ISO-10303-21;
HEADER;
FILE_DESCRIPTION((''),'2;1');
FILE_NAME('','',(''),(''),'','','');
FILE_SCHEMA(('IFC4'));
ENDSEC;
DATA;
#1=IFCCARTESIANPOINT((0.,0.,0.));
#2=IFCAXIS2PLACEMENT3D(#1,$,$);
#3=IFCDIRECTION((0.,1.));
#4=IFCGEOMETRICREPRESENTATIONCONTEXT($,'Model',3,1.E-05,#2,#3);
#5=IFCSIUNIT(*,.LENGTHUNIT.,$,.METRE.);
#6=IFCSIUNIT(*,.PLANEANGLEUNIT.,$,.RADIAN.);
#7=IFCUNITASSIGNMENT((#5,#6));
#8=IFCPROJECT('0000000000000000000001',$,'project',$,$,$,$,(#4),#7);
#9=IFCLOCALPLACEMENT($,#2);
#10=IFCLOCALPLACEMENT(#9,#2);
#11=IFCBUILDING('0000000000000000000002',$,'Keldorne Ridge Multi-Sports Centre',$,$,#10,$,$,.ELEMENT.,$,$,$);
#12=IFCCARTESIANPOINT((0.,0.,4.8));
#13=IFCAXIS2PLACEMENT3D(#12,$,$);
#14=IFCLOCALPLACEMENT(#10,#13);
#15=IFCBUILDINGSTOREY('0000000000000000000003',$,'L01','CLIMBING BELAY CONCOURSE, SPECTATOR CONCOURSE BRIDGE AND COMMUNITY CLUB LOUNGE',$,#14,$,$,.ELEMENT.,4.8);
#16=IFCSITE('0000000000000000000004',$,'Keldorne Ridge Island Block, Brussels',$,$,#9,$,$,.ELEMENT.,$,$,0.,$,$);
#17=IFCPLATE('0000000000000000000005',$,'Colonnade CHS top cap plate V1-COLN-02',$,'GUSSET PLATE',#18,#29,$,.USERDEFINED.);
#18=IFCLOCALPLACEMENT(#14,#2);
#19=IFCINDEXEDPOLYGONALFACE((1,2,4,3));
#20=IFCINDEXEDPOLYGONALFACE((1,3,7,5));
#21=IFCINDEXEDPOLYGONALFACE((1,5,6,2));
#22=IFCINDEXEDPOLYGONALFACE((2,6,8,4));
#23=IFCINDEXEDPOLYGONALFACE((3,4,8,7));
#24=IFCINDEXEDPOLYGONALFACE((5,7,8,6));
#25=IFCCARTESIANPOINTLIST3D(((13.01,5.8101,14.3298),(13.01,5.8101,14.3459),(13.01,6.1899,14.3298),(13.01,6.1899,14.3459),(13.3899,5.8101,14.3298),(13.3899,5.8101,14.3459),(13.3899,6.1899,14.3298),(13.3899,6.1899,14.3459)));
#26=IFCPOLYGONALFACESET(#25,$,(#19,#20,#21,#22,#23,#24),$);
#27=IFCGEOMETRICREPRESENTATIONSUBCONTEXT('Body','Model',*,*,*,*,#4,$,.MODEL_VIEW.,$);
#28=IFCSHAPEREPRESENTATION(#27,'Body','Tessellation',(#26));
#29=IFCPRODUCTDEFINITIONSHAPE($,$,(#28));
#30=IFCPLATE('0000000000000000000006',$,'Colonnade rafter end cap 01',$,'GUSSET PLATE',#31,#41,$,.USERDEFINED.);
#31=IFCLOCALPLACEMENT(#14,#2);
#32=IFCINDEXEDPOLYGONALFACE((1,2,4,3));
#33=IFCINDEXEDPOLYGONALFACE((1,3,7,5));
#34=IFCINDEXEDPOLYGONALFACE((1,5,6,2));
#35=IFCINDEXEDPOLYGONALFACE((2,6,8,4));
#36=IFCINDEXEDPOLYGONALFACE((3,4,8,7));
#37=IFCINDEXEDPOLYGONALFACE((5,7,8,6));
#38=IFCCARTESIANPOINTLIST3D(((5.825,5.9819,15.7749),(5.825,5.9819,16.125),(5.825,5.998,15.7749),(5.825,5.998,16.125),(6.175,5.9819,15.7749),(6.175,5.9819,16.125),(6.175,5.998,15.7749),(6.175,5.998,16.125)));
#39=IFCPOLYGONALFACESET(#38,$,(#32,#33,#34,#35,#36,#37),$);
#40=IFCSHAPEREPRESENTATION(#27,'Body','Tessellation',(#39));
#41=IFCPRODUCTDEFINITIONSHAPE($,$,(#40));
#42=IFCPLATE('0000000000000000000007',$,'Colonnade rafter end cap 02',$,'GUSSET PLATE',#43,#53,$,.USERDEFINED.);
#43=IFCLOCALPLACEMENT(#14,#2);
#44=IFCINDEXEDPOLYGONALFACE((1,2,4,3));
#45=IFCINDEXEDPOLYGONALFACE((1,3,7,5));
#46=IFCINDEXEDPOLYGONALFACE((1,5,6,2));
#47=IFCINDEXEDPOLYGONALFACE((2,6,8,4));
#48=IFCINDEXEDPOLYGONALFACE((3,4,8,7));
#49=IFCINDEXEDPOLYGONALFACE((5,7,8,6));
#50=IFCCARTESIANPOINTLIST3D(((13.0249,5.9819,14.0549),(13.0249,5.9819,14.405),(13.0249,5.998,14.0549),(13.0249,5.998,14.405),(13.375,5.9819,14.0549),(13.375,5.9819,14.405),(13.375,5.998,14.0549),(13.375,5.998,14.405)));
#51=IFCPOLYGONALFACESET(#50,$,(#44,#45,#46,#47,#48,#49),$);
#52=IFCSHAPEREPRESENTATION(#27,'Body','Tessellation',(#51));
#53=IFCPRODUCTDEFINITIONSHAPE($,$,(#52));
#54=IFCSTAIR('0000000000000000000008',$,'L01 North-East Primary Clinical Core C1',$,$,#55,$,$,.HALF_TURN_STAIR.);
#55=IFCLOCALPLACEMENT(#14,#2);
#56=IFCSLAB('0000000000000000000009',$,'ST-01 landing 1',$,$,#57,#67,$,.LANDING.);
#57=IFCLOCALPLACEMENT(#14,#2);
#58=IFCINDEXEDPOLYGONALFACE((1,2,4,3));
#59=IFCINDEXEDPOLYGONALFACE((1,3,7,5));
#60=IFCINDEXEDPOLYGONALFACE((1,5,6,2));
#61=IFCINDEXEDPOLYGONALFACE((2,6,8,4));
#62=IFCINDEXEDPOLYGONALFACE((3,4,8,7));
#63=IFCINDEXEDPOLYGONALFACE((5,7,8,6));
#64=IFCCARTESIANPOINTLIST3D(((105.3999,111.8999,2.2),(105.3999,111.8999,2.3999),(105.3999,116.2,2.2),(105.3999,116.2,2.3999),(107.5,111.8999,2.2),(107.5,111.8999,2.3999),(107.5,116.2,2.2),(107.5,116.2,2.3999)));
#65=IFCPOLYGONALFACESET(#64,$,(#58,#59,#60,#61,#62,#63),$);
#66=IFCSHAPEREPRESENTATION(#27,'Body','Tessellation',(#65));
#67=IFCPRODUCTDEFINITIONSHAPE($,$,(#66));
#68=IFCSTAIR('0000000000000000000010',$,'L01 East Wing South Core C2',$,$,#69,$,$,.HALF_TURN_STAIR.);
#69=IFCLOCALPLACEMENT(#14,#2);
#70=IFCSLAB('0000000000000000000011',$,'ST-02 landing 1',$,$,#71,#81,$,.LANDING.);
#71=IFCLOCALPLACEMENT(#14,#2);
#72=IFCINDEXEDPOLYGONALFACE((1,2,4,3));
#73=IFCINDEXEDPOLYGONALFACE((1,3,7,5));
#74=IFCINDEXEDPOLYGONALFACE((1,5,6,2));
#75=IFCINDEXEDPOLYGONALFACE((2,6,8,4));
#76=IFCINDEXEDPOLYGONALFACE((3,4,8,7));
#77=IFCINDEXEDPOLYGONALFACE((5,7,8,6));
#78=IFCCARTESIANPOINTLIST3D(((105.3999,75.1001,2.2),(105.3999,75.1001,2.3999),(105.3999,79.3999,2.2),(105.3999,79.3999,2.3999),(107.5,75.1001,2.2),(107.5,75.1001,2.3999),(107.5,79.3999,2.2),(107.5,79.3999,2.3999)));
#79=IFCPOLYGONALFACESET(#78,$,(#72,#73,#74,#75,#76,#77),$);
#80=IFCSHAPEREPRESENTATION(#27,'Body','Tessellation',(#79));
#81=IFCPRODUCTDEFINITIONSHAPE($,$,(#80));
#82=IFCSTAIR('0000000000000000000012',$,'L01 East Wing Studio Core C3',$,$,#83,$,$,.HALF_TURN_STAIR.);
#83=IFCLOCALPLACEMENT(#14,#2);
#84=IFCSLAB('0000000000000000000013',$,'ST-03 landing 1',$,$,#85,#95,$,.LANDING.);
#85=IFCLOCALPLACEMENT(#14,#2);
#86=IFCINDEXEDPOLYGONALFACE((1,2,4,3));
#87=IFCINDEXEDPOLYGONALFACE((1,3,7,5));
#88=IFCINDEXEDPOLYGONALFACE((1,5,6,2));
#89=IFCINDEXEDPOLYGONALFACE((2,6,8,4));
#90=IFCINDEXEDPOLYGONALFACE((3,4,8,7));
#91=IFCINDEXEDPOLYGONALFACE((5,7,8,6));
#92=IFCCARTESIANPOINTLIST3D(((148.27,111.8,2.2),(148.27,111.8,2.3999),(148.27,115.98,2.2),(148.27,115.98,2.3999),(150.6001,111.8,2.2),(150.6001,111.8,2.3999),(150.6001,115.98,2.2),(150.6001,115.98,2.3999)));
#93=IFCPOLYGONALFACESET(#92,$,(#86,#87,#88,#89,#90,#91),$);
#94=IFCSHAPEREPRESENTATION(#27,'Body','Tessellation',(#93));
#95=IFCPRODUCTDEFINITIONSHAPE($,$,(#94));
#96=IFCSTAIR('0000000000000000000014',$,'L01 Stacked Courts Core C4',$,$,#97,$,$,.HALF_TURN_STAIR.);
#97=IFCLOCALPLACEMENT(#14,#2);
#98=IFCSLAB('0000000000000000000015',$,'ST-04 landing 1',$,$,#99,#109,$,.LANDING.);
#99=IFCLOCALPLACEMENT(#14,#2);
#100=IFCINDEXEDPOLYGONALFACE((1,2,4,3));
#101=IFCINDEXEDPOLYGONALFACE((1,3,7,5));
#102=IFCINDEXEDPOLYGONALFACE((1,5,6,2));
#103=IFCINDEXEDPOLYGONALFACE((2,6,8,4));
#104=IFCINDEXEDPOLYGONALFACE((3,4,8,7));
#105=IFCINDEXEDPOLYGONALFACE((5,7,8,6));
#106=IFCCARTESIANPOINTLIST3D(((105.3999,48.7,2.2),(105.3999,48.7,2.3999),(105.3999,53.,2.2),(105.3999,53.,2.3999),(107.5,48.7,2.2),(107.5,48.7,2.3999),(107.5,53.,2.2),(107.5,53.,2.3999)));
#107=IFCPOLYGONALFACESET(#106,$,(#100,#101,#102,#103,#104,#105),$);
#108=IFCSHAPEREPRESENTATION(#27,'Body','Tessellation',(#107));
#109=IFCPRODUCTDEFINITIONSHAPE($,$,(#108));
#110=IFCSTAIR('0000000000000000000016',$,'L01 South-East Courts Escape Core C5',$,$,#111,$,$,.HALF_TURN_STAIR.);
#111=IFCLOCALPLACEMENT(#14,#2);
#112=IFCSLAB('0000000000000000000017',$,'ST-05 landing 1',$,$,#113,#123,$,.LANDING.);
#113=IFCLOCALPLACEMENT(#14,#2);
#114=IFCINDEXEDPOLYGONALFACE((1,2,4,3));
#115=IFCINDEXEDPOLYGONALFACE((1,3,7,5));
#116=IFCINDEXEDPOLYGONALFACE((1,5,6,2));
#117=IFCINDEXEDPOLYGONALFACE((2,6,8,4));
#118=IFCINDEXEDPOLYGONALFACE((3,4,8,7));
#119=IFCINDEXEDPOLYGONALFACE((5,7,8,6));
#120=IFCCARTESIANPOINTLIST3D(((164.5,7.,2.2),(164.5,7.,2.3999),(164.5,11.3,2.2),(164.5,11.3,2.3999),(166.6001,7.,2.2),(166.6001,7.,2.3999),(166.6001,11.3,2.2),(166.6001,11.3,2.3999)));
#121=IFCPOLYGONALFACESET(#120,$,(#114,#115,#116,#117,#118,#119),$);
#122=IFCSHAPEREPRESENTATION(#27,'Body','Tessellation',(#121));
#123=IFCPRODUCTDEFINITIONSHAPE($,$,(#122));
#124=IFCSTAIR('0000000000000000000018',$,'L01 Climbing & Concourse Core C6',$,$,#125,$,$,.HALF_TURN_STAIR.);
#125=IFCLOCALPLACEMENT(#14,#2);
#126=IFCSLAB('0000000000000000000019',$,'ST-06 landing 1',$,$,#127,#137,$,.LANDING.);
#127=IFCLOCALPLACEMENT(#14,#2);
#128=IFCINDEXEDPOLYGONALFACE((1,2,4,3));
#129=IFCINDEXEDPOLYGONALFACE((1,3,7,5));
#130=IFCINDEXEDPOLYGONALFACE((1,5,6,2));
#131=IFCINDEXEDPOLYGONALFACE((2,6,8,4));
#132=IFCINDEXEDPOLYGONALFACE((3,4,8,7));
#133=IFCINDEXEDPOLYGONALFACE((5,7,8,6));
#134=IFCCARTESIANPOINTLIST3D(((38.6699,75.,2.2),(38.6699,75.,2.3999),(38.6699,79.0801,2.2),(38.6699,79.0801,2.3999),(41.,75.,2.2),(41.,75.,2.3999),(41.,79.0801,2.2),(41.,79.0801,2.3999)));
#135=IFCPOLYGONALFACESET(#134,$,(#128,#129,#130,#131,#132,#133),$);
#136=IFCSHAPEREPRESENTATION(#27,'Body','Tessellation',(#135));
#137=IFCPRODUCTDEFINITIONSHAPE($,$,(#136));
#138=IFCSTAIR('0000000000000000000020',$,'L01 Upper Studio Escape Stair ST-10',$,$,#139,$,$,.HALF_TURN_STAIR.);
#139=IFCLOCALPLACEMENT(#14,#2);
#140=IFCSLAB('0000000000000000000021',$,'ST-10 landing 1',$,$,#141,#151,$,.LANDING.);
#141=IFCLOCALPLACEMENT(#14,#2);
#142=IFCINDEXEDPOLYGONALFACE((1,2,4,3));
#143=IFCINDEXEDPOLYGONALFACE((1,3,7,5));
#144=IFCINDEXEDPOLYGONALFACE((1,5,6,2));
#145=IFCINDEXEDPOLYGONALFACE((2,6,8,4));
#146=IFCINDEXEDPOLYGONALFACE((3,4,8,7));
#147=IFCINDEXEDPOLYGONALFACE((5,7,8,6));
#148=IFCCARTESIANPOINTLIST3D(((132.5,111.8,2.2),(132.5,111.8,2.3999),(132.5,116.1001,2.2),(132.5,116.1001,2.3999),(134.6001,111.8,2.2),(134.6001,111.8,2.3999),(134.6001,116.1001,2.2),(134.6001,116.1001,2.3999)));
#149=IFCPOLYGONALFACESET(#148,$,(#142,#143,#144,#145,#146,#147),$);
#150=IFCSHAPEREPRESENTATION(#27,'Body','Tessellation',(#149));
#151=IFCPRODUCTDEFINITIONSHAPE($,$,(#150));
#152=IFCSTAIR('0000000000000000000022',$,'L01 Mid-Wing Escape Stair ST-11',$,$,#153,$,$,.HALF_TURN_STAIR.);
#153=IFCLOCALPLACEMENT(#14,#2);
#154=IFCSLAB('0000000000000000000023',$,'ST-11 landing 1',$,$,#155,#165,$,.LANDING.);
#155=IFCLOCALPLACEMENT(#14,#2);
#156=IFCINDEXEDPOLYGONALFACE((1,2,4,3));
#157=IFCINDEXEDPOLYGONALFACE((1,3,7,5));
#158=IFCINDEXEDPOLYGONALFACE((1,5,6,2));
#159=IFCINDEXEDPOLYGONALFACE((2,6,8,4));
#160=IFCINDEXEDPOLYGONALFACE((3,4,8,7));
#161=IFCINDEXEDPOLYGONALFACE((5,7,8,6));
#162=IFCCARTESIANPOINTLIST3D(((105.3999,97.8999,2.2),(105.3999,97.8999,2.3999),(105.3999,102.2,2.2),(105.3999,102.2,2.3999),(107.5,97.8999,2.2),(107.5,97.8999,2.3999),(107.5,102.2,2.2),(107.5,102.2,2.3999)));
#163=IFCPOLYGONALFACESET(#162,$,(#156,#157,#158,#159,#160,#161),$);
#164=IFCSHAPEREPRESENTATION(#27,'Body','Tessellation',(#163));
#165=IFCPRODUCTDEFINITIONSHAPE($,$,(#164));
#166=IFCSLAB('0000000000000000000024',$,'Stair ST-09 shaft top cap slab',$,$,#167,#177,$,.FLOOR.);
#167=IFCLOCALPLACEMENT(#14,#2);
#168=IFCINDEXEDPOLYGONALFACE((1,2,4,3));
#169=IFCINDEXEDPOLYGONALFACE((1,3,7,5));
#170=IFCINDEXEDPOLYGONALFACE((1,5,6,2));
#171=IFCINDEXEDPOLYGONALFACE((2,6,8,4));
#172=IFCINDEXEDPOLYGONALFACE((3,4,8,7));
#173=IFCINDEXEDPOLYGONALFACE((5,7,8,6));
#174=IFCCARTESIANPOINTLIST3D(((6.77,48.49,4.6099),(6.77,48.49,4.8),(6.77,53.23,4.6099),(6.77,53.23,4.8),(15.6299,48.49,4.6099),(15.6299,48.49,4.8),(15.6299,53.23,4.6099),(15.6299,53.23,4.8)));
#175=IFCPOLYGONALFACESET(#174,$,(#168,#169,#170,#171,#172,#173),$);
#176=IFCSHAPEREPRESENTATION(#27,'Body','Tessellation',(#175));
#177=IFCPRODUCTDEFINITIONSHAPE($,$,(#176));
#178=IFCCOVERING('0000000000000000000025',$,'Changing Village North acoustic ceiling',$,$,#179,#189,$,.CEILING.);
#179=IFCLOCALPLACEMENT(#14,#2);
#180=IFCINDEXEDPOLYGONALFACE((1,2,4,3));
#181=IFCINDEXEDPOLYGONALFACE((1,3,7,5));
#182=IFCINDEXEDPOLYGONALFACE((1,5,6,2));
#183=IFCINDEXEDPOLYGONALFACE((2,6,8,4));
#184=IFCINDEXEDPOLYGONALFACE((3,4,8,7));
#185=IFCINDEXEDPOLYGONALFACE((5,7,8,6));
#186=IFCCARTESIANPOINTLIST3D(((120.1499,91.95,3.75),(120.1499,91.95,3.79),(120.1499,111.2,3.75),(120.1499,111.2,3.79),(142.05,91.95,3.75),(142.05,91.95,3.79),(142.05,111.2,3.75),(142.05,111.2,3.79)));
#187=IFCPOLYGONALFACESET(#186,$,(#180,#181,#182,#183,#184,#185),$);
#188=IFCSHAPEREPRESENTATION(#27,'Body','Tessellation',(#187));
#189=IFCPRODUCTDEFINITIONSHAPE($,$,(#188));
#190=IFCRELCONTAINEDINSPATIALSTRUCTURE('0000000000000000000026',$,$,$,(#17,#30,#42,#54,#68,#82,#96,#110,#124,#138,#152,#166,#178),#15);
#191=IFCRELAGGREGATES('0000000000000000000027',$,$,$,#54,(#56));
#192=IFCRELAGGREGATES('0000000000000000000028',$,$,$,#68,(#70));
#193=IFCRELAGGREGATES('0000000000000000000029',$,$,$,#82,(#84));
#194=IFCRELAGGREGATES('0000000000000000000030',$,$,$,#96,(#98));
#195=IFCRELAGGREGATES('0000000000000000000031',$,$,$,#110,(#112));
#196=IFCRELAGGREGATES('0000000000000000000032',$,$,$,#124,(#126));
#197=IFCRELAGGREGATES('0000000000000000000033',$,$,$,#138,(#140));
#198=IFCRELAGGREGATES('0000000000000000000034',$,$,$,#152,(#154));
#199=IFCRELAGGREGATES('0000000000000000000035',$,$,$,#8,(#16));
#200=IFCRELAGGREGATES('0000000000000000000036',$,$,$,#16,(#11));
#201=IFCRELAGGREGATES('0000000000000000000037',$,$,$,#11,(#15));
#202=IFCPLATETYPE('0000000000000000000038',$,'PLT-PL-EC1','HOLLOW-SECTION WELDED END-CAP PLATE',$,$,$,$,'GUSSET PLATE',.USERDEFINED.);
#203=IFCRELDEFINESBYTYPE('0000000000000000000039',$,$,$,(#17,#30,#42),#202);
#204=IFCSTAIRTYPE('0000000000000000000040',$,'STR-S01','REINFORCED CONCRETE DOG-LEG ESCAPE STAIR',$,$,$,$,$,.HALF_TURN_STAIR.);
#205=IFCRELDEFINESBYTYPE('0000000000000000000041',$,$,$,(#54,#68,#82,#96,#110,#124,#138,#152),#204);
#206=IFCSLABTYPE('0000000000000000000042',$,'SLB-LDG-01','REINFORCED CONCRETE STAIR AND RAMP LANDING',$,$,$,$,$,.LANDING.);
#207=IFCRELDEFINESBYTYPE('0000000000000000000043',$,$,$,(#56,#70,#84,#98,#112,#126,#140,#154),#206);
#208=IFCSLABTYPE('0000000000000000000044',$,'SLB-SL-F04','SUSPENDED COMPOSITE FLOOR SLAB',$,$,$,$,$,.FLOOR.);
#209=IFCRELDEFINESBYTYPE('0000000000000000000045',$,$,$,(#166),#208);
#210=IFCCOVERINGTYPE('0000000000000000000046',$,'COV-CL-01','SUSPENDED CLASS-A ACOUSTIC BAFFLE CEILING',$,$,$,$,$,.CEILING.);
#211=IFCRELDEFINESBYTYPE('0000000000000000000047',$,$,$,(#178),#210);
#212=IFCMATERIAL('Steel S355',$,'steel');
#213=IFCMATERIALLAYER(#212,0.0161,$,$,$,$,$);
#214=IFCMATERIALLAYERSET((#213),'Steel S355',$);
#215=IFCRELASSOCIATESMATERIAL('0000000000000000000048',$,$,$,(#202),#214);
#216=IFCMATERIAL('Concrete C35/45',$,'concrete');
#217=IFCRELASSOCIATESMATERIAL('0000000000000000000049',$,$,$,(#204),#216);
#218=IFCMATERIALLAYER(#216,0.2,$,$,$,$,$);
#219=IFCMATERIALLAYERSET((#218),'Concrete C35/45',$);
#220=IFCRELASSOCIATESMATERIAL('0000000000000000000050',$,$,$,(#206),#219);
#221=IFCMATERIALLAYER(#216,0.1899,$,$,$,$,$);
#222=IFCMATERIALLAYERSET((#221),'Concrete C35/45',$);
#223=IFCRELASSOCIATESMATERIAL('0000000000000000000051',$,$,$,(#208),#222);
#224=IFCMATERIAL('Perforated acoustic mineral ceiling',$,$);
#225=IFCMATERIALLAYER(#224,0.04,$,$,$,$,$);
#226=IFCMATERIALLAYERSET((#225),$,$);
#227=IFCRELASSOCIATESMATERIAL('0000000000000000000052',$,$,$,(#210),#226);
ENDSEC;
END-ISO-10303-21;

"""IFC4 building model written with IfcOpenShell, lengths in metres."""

from ifc_helpers import new_model, si_unit, direction, frame, origin, origin_2d, place, context, subcontext, project, spatial, polyline, rectangle, outline, extrude, material, layer, layer_set, type_object, element, aggregate, save


model = new_model("IFC4")

# Units and contexts
model_context = context("Model", 3, precision=1e-05, world=origin(), true_north=direction((0.0, 1.0)))
body_context = subcontext(model_context, "Body", "Model", "MODEL_VIEW")
ifc_project = project(units=[si_unit("LENGTHUNIT", "METRE"), si_unit("PLANEANGLEUNIT", "RADIAN")], contexts=[model_context])

# Site, building, storey
site_placement = place(None, origin())
site = spatial("IfcSite", under=ifc_project, at=site_placement, Name="Keldorne Ridge Island Block, Brussels", CompositionType="ELEMENT", RefElevation=0.0)
building_placement = place(site_placement, origin())
building = spatial("IfcBuilding", under=site, at=building_placement, Name="Keldorne Ridge Multi-Sports Centre", CompositionType="ELEMENT")
storey_placement = place(building_placement, frame((0.0, 0.0, 4.8)))
storey = spatial("IfcBuildingStorey", under=building, at=storey_placement, Name="L01", Description="CLIMBING BELAY CONCOURSE, SPECTATOR CONCOURSE BRIDGE AND COMMUNITY CLUB LOUNGE", CompositionType="ELEMENT", Elevation=4.8)

# Shared definitions
ifc_material_1 = material(Name="Steel S355", Category="steel")

# Plates
ifc_layer_1 = layer(ifc_material_1, 0.0161)
ifc_layer_set_1 = layer_set([ifc_layer_1], Name="Steel S355")
plate_type_1 = type_object("IfcPlateType", Name="PLT-PL-EC1", Description="HOLLOW-SECTION WELDED END-CAP PLATE", ElementType="GUSSET PLATE", PredefinedType="USERDEFINED", material=ifc_layer_set_1)
for number, where, z_axis, x_axis, name in (
    (1, (13.2, 6.0, 14.3298), (0.0, 0.0, 1.0), (1.0, 0.0, 0.0), "Colonnade CHS top cap plate V1-COLN-02"),
):
    element("IfcPlate", number, at=place(storey_placement, frame(where, z_axis=z_axis, x_axis=x_axis)), inside=storey, type_object=plate_type_1, Name=name, ObjectType="GUSSET PLATE", PredefinedType="USERDEFINED", context=body_context, shape_type="SweptSolid", body=[
        extrude(rectangle(XDim=0.3799, YDim=0.3799, at=origin_2d()), origin(), (0.0, 0.0, 1.0), 0.0161),
    ])
for number, where, z_axis, x_axis, name in (
    (2, (6.0, 5.99, 15.7749), (0.0, 0.0, 1.0), (1.0, 0.0, 0.0), "Colonnade rafter end cap 01"),
    (3, (13.2, 5.99, 14.0549), (0.0, 0.0, 1.0), (1.0, 0.0, 0.0), "Colonnade rafter end cap 02"),
):
    element("IfcPlate", number, at=place(storey_placement, frame(where, z_axis=z_axis, x_axis=x_axis)), inside=storey, type_object=plate_type_1, Name=name, ObjectType="GUSSET PLATE", PredefinedType="USERDEFINED", context=body_context, shape_type="SweptSolid", body=[
        extrude(rectangle(XDim=0.3501, YDim=0.0161, at=origin_2d()), origin(), (0.0, 0.0, 1.0), 0.3501),
    ])

# Stairs, slabs
ifc_material_2 = material(Name="Concrete C35/45", Category="concrete")
stair_type = type_object("IfcStairType", Name="STR-S01", Description="REINFORCED CONCRETE DOG-LEG ESCAPE STAIR", PredefinedType="HALF_TURN_STAIR", material=ifc_material_2)
stair_1_placement = place(storey_placement, origin())
stair_1 = element("IfcStair", 4, at=stair_1_placement, inside=storey, type_object=stair_type, Name="L01 North-East Primary Clinical Core C1", PredefinedType="HALF_TURN_STAIR")
ifc_layer_2 = layer(ifc_material_2, 0.2)
ifc_layer_set_2 = layer_set([ifc_layer_2], Name="Concrete C35/45")
slab_type_1 = type_object("IfcSlabType", Name="SLB-LDG-01", Description="REINFORCED CONCRETE STAIR AND RAMP LANDING", PredefinedType="LANDING", material=ifc_layer_set_2)
slab_1_placement = place(storey_placement, frame((0.0, 0.0, 2.2)))
slab_1 = element("IfcSlab", 5, at=slab_1_placement, type_object=slab_type_1, Name="ST-01 landing 1", PredefinedType="LANDING", context=body_context, shape_type="SweptSolid", body=[
    extrude(outline(polyline([(107.5, 116.2), (105.3999, 116.2), (105.3999, 111.8999), (107.5, 111.8999), (107.5, 116.2)])), origin(), (0.0, 0.0, 1.0), 0.2),
])
aggregate(stair_1, [slab_1])
stair_2_placement = place(storey_placement, origin())
stair_2 = element("IfcStair", 6, at=stair_2_placement, inside=storey, type_object=stair_type, Name="L01 East Wing South Core C2", PredefinedType="HALF_TURN_STAIR")
slab_2_placement = place(storey_placement, frame((0.0, 0.0, 2.2)))
slab_2 = element("IfcSlab", 7, at=slab_2_placement, type_object=slab_type_1, Name="ST-02 landing 1", PredefinedType="LANDING", context=body_context, shape_type="SweptSolid", body=[
    extrude(outline(polyline([(107.5, 79.3999), (105.3999, 79.3999), (105.3999, 75.1001), (107.5, 75.1001), (107.5, 79.3999)])), origin(), (0.0, 0.0, 1.0), 0.2),
])
aggregate(stair_2, [slab_2])
stair_3_placement = place(storey_placement, origin())
stair_3 = element("IfcStair", 8, at=stair_3_placement, inside=storey, type_object=stair_type, Name="L01 East Wing Studio Core C3", PredefinedType="HALF_TURN_STAIR")
slab_3_placement = place(storey_placement, frame((0.0, 0.0, 2.2)))
slab_3 = element("IfcSlab", 9, at=slab_3_placement, type_object=slab_type_1, Name="ST-03 landing 1", PredefinedType="LANDING", context=body_context, shape_type="SweptSolid", body=[
    extrude(outline(polyline([(148.27, 111.8), (150.6001, 111.8), (150.6001, 115.98), (148.27, 115.98), (148.27, 111.8)])), origin(), (0.0, 0.0, 1.0), 0.2),
])
aggregate(stair_3, [slab_3])
stair_4_placement = place(storey_placement, origin())
stair_4 = element("IfcStair", 10, at=stair_4_placement, inside=storey, type_object=stair_type, Name="L01 Stacked Courts Core C4", PredefinedType="HALF_TURN_STAIR")
slab_4_placement = place(storey_placement, frame((0.0, 0.0, 2.2)))
slab_4 = element("IfcSlab", 11, at=slab_4_placement, type_object=slab_type_1, Name="ST-04 landing 1", PredefinedType="LANDING", context=body_context, shape_type="SweptSolid", body=[
    extrude(outline(polyline([(107.5, 53.0), (105.3999, 53.0), (105.3999, 48.7), (107.5, 48.7), (107.5, 53.0)])), origin(), (0.0, 0.0, 1.0), 0.2),
])
aggregate(stair_4, [slab_4])
stair_5_placement = place(storey_placement, origin())
stair_5 = element("IfcStair", 12, at=stair_5_placement, inside=storey, type_object=stair_type, Name="L01 South-East Courts Escape Core C5", PredefinedType="HALF_TURN_STAIR")
slab_5_placement = place(storey_placement, frame((0.0, 0.0, 2.2)))
slab_5 = element("IfcSlab", 13, at=slab_5_placement, type_object=slab_type_1, Name="ST-05 landing 1", PredefinedType="LANDING", context=body_context, shape_type="SweptSolid", body=[
    extrude(outline(polyline([(164.5, 7.0), (166.6001, 7.0), (166.6001, 11.3), (164.5, 11.3), (164.5, 7.0)])), origin(), (0.0, 0.0, 1.0), 0.2),
])
aggregate(stair_5, [slab_5])
stair_6_placement = place(storey_placement, origin())
stair_6 = element("IfcStair", 14, at=stair_6_placement, inside=storey, type_object=stair_type, Name="L01 Climbing & Concourse Core C6", PredefinedType="HALF_TURN_STAIR")
slab_6_placement = place(storey_placement, frame((0.0, 0.0, 2.2)))
slab_6 = element("IfcSlab", 15, at=slab_6_placement, type_object=slab_type_1, Name="ST-06 landing 1", PredefinedType="LANDING", context=body_context, shape_type="SweptSolid", body=[
    extrude(outline(polyline([(38.6699, 75.0), (41.0, 75.0), (41.0, 79.0801), (38.6699, 79.0801), (38.6699, 75.0)])), origin(), (0.0, 0.0, 1.0), 0.2),
])
aggregate(stair_6, [slab_6])
stair_7_placement = place(storey_placement, origin())
stair_7 = element("IfcStair", 16, at=stair_7_placement, inside=storey, type_object=stair_type, Name="L01 Upper Studio Escape Stair ST-10", PredefinedType="HALF_TURN_STAIR")
slab_7_placement = place(storey_placement, frame((0.0, 0.0, 2.2)))
slab_7 = element("IfcSlab", 17, at=slab_7_placement, type_object=slab_type_1, Name="ST-10 landing 1", PredefinedType="LANDING", context=body_context, shape_type="SweptSolid", body=[
    extrude(outline(polyline([(132.5, 111.8), (134.6001, 111.8), (134.6001, 116.1001), (132.5, 116.1001), (132.5, 111.8)])), origin(), (0.0, 0.0, 1.0), 0.2),
])
aggregate(stair_7, [slab_7])
stair_8_placement = place(storey_placement, origin())
stair_8 = element("IfcStair", 18, at=stair_8_placement, inside=storey, type_object=stair_type, Name="L01 Mid-Wing Escape Stair ST-11", PredefinedType="HALF_TURN_STAIR")
slab_8_placement = place(storey_placement, frame((0.0, 0.0, 2.2)))
slab_8 = element("IfcSlab", 19, at=slab_8_placement, type_object=slab_type_1, Name="ST-11 landing 1", PredefinedType="LANDING", context=body_context, shape_type="SweptSolid", body=[
    extrude(outline(polyline([(107.5, 102.2), (105.3999, 102.2), (105.3999, 97.8999), (107.5, 97.8999), (107.5, 102.2)])), origin(), (0.0, 0.0, 1.0), 0.2),
])
aggregate(stair_8, [slab_8])

# Slab
ifc_layer_3 = layer(ifc_material_2, 0.1899)
ifc_layer_set_3 = layer_set([ifc_layer_3], Name="Concrete C35/45")
slab_type_2 = type_object("IfcSlabType", Name="SLB-SL-F04", Description="SUSPENDED COMPOSITE FLOOR SLAB", PredefinedType="FLOOR", material=ifc_layer_set_3)
slab_9_placement = place(storey_placement, frame((0.0, 0.0, 4.6099)))
element("IfcSlab", 20, at=slab_9_placement, inside=storey, type_object=slab_type_2, Name="Stair ST-09 shaft top cap slab", PredefinedType="FLOOR", context=body_context, shape_type="SweptSolid", body=[
    extrude(outline(polyline([(6.77, 48.49), (15.6299, 48.49), (15.6299, 53.23), (6.77, 53.23), (6.77, 48.49)])), origin(), (0.0, 0.0, 1.0), 0.1902),
])

# Covering
ifc_material_3 = material(Name="Perforated acoustic mineral ceiling")
ifc_layer_4 = layer(ifc_material_3, 0.04)
ifc_layer_set_4 = layer_set([ifc_layer_4])
covering_type = type_object("IfcCoveringType", Name="COV-CL-01", Description="SUSPENDED CLASS-A ACOUSTIC BAFFLE CEILING", PredefinedType="CEILING", material=ifc_layer_set_4)
covering_placement = place(storey_placement, frame((0.0, 0.0, 3.75)))
element("IfcCovering", 21, at=covering_placement, inside=storey, type_object=covering_type, Name="Changing Village North acoustic ceiling", PredefinedType="CEILING", context=body_context, shape_type="SweptSolid", body=[
    extrude(outline(polyline([(120.1499, 91.95), (142.05, 91.95), (142.05, 111.2), (120.1499, 111.2), (120.1499, 91.95)])), origin(), (0.0, 0.0, 1.0), 0.04),
])

save(model, "model.ifc")
